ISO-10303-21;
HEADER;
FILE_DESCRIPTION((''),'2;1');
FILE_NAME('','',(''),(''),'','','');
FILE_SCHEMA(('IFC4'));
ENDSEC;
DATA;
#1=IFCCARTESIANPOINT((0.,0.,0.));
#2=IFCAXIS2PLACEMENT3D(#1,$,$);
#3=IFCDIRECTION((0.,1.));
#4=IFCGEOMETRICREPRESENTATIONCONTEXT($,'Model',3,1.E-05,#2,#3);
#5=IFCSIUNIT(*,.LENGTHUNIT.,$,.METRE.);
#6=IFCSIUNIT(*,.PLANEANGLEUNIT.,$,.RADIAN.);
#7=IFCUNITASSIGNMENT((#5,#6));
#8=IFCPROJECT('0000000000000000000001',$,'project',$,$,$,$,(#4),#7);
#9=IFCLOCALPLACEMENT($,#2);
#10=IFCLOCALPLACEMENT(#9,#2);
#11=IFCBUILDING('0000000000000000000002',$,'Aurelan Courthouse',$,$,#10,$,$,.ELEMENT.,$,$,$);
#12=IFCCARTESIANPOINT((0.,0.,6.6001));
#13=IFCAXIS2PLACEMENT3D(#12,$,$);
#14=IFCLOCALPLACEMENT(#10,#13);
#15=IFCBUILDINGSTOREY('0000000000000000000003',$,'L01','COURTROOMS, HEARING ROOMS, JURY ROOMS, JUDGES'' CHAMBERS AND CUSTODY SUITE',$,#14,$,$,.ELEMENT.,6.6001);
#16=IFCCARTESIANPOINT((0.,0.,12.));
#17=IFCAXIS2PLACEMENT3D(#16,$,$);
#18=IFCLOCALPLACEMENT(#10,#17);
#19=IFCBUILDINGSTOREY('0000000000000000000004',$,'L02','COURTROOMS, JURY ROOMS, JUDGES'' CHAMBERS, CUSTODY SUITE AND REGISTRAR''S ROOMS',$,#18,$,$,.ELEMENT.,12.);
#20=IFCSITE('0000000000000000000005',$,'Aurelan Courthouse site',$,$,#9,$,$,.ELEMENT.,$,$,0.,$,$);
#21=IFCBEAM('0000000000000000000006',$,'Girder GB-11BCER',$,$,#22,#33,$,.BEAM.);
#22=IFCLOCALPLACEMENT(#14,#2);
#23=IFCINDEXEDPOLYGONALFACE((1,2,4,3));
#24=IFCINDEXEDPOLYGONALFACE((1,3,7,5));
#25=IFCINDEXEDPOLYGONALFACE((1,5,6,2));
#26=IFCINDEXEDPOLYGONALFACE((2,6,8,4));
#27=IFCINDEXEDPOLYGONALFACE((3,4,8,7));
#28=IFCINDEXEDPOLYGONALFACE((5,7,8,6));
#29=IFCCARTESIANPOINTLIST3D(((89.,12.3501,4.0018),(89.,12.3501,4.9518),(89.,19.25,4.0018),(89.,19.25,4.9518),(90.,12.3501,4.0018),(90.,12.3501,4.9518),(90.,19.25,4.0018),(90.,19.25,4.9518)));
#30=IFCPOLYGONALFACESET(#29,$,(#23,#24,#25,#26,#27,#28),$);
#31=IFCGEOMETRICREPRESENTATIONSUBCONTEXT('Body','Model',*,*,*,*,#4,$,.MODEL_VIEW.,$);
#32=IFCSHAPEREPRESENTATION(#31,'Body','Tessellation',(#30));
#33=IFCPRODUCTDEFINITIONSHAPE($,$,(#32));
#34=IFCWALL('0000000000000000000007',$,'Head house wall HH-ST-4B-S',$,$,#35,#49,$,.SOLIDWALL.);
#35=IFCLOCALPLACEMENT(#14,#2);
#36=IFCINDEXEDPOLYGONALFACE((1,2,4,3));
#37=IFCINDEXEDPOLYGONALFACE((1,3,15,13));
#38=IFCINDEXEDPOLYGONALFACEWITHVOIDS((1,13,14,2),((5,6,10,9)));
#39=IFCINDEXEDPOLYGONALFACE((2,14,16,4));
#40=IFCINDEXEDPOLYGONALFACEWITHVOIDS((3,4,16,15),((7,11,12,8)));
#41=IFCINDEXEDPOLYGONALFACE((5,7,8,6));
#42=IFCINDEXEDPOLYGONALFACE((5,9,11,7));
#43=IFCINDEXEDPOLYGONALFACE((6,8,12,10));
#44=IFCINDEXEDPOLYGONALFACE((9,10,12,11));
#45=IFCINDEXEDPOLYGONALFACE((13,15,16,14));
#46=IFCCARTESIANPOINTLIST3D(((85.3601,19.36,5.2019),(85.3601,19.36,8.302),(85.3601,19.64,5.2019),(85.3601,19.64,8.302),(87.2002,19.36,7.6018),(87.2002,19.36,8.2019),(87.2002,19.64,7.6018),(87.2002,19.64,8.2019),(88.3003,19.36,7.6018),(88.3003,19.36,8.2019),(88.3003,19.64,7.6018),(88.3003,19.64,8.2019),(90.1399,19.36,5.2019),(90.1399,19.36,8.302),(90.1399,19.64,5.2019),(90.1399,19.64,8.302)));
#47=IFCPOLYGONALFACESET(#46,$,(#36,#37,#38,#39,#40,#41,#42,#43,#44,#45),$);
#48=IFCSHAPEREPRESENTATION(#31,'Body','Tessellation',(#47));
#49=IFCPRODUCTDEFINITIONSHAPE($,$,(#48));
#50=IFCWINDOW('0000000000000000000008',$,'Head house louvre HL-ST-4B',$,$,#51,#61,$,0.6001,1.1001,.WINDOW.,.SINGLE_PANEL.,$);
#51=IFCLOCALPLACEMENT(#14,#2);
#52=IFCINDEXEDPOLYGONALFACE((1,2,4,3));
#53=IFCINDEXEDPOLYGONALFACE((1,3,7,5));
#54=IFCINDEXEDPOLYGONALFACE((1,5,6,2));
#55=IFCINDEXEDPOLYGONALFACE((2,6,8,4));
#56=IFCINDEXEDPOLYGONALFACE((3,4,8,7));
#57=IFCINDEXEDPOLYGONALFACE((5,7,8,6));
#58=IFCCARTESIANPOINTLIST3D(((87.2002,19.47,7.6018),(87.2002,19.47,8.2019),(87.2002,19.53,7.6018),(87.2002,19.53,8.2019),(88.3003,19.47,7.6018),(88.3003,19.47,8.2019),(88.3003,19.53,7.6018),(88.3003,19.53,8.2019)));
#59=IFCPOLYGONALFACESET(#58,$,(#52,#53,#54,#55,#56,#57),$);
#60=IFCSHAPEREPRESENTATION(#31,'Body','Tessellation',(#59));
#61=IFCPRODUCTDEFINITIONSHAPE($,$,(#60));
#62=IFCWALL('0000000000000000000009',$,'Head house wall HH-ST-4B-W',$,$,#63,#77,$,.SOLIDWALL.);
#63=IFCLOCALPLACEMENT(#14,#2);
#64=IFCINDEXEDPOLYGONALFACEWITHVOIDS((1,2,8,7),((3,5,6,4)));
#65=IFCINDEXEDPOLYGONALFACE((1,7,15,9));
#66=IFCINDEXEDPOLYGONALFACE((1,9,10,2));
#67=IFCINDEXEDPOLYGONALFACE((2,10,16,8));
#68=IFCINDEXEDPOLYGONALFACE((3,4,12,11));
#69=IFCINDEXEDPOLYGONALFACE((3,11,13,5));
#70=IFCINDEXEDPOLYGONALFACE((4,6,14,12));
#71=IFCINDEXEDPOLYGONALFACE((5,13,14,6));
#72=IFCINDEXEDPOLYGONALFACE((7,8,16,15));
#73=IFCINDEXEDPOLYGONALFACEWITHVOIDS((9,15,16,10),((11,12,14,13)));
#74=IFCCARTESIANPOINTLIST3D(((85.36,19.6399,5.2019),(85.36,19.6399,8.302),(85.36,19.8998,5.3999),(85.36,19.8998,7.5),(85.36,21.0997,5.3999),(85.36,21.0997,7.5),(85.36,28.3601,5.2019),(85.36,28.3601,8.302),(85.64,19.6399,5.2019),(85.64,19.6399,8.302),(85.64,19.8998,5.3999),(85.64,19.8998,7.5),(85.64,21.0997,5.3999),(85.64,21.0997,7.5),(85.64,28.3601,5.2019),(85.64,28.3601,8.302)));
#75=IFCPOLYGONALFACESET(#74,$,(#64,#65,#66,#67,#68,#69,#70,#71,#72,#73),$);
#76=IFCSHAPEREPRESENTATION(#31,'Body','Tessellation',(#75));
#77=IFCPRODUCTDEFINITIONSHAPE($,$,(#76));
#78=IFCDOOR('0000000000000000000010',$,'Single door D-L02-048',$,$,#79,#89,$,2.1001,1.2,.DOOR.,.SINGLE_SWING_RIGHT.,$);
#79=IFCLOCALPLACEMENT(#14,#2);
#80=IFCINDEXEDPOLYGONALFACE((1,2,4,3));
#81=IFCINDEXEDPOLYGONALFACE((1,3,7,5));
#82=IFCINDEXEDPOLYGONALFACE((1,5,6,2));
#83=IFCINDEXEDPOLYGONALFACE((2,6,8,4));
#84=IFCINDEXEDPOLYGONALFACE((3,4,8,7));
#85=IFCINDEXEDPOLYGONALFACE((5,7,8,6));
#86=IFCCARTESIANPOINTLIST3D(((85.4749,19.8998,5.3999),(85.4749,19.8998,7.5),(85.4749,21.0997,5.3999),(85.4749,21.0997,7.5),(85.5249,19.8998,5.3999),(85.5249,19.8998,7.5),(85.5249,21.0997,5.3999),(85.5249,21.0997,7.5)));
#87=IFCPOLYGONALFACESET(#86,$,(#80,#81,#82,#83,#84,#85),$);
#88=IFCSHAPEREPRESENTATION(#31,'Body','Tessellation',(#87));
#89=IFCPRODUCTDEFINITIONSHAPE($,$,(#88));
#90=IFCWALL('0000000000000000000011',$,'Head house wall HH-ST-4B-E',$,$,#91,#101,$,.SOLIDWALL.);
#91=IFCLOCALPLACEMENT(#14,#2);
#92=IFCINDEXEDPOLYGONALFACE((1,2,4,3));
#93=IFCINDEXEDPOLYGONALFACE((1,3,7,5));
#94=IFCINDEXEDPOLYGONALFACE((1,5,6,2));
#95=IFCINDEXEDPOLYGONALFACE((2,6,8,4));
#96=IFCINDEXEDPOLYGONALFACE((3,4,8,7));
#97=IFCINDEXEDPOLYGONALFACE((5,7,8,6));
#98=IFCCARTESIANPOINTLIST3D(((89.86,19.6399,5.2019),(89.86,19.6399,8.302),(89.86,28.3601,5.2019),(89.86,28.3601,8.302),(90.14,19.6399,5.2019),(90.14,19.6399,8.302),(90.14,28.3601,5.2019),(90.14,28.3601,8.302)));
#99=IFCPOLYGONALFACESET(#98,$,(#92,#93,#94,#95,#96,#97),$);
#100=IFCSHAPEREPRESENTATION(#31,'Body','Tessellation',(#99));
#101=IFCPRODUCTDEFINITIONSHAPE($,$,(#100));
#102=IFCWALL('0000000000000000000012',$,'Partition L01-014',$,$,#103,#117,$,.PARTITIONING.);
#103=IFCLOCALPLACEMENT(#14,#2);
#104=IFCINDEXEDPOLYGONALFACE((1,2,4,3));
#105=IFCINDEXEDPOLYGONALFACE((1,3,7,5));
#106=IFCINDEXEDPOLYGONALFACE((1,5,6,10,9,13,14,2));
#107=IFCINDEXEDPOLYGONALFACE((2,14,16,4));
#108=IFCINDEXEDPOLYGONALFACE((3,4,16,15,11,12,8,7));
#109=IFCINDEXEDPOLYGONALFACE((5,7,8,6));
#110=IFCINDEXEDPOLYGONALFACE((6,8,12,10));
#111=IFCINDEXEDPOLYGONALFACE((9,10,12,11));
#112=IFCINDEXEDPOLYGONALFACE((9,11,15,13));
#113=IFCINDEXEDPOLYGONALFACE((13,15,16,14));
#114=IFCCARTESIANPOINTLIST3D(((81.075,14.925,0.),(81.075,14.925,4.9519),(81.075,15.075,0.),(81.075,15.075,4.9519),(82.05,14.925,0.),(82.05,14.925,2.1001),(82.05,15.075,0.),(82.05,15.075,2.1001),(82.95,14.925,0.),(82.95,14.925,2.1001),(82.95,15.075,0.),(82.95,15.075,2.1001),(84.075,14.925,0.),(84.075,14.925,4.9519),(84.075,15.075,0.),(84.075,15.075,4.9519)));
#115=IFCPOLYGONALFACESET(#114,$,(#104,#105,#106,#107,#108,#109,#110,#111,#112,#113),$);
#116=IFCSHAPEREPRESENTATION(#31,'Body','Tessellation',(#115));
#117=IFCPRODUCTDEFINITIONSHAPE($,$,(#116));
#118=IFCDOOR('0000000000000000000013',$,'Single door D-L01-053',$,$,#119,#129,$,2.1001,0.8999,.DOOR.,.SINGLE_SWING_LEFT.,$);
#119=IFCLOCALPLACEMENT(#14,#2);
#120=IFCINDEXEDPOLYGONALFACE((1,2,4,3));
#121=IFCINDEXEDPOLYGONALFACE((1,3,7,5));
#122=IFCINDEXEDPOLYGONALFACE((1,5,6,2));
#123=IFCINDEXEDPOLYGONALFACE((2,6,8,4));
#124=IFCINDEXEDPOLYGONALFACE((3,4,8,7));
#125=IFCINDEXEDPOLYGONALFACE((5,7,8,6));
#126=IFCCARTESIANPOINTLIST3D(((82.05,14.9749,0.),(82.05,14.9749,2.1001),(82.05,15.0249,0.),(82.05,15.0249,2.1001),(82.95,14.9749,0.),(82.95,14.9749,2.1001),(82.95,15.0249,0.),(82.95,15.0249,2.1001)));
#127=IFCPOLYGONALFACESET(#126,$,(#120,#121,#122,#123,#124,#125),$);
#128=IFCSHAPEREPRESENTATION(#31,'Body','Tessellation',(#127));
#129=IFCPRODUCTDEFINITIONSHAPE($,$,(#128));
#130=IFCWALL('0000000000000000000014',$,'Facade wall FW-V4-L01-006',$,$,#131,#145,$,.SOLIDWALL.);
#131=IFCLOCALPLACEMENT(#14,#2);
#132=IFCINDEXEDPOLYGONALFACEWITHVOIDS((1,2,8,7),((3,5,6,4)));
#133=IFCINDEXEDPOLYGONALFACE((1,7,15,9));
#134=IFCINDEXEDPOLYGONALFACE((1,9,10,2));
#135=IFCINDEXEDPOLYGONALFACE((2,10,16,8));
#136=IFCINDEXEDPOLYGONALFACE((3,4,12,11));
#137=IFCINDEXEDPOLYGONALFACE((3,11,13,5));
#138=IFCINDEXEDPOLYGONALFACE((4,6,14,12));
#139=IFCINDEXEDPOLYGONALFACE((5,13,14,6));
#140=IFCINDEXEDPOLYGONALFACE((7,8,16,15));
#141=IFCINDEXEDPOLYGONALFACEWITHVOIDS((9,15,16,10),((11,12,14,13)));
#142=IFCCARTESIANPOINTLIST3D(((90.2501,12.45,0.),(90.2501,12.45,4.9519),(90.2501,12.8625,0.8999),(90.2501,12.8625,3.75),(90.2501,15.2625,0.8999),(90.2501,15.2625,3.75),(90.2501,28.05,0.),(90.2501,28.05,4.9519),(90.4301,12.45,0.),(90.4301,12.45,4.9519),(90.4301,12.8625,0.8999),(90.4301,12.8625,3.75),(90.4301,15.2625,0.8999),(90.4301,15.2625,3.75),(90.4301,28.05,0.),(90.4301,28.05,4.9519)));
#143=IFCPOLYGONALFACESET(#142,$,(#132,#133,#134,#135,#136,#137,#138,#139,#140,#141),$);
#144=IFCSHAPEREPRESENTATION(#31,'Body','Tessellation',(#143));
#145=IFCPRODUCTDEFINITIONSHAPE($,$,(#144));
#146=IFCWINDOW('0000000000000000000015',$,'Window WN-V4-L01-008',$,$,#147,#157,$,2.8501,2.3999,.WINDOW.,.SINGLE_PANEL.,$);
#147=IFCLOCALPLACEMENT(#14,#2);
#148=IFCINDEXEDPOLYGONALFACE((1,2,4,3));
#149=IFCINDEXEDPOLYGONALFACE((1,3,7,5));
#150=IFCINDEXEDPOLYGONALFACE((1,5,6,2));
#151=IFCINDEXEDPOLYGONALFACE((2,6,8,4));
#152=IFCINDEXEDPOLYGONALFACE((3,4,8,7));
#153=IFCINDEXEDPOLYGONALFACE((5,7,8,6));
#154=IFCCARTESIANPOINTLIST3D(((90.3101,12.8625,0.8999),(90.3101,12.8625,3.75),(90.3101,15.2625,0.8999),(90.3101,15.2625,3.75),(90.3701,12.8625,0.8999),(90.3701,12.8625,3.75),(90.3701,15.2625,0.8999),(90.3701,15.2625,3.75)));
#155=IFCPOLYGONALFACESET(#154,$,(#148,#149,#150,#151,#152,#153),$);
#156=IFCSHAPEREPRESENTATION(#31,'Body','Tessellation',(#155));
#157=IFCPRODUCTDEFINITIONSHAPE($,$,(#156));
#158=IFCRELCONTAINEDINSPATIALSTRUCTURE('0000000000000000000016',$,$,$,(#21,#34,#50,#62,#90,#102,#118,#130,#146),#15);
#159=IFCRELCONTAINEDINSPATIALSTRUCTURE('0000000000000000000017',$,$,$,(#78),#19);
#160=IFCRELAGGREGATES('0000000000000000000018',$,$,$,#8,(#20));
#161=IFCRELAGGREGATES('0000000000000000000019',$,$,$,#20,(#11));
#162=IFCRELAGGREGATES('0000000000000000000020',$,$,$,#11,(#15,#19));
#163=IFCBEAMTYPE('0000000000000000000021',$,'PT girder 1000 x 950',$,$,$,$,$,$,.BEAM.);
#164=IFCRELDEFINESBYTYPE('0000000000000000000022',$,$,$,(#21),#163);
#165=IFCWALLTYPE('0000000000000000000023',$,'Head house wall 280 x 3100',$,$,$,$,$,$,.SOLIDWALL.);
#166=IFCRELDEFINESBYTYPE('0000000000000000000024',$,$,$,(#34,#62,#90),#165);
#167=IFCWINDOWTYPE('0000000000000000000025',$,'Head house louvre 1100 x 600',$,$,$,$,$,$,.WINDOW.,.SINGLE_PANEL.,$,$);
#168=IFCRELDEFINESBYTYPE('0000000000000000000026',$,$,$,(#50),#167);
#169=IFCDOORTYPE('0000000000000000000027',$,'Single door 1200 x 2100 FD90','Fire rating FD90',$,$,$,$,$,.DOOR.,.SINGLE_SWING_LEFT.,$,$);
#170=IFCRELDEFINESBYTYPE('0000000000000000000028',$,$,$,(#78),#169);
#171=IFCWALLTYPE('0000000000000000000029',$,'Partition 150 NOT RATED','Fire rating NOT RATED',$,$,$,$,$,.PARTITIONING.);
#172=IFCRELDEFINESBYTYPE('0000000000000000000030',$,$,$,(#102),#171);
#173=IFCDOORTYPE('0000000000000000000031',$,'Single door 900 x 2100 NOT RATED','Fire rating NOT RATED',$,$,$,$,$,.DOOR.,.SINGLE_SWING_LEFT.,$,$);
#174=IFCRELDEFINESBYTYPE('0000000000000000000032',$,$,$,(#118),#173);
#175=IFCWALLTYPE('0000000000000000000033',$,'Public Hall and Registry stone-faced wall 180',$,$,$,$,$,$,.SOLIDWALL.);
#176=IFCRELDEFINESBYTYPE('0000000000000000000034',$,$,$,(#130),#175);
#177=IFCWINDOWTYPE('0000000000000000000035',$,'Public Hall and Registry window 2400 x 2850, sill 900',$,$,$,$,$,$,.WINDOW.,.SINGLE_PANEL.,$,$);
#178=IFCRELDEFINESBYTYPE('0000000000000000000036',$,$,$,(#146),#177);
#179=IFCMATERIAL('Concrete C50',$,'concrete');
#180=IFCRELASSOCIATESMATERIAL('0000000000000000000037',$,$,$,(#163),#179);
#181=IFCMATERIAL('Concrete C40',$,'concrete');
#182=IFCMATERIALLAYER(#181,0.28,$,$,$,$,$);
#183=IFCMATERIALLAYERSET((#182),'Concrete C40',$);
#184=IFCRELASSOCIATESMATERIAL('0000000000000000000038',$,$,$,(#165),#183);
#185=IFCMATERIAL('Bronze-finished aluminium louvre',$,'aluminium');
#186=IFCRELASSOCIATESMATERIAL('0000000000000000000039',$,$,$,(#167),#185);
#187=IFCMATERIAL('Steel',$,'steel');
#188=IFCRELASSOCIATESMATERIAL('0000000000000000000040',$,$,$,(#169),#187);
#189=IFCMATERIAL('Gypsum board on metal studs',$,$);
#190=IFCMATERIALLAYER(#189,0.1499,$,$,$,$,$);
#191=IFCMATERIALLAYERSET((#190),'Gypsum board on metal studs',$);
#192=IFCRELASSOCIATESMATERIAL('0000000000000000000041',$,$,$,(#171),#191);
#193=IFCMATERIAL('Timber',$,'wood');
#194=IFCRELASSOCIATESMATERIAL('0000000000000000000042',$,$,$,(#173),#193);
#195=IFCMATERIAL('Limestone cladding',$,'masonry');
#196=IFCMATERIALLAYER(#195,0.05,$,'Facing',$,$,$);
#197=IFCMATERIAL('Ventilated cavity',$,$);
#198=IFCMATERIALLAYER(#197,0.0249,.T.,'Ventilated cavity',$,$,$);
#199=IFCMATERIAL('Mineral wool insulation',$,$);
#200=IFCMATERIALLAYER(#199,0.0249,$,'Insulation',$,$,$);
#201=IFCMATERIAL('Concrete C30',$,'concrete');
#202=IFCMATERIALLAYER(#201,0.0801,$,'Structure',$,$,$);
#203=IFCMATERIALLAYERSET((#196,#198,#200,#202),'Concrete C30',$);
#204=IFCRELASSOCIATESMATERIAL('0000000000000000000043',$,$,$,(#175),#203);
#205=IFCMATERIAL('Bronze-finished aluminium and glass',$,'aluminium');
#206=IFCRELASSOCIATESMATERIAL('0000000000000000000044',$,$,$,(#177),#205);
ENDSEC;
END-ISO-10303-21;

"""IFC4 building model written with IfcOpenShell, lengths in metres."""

from ifc_helpers import new_model, si_unit, direction, frame, frame_2d, origin, origin_2d, place, context, subcontext, project, spatial, rectangle, extrude, material, layer, layer_set, material_profile, profile_set, type_object, element, fill, save


model = new_model("IFC4")

# Units and contexts
model_context = context("Model", 3, precision=1e-05, world=origin(), true_north=direction((0.0, 1.0)))
body_context = subcontext(model_context, "Body", "Model", "MODEL_VIEW")
ifc_project = project(units=[si_unit("LENGTHUNIT", "METRE"), si_unit("PLANEANGLEUNIT", "RADIAN")], contexts=[model_context])

# Site, building, storey
site_placement = place(None, origin())
site = spatial("IfcSite", under=ifc_project, at=site_placement, Name="Aurelan Courthouse site", CompositionType="ELEMENT", RefElevation=0.0)
building_placement = place(site_placement, origin())
building = spatial("IfcBuilding", under=site, at=building_placement, Name="Aurelan Courthouse", CompositionType="ELEMENT")
storey_1_placement = place(building_placement, frame((0.0, 0.0, 6.6001)))
storey_1 = spatial("IfcBuildingStorey", under=building, at=storey_1_placement, Name="L01", Description="COURTROOMS, HEARING ROOMS, JURY ROOMS, JUDGES' CHAMBERS AND CUSTODY SUITE", CompositionType="ELEMENT", Elevation=6.6001)

# Beam
ifc_material_1 = material(Name="Concrete C50", Category="concrete")
ifc_material_profile = material_profile(ifc_material_1, rectangle(XDim=1.0, YDim=0.95, at=origin_2d()), Name="RC 1000 x 950")
ifc_profile_set = profile_set([ifc_material_profile], Name="Concrete C50")
beam_type = type_object("IfcBeamType", Name="PT girder 1000 x 950", PredefinedType="BEAM", material=ifc_profile_set)
beam_placement = place(storey_1_placement, frame((89.5, 12.3501, 4.4768), z_axis=(0.0, 1.0, 0.0), x_axis=(-1.0, 0.0, 0.0)))
element("IfcBeam", 1, at=beam_placement, inside=storey_1, type_object=beam_type, Name="Girder GB-11BCER", PredefinedType="BEAM", context=body_context, shape_type="SweptSolid", body=[
    extrude(rectangle(XDim=1.0, YDim=0.95, at=origin_2d()), origin(), (0.0, 0.0, 1.0), 6.8999),
])

# Wall, opening, window
ifc_material_2 = material(Name="Concrete C40", Category="concrete")
ifc_layer_1 = layer(ifc_material_2, 0.28)
ifc_layer_set_1 = layer_set([ifc_layer_1], Name="Concrete C40")
wall_type_1 = type_object("IfcWallType", Name="Head house wall 280 x 3100", PredefinedType="SOLIDWALL", material=ifc_layer_set_1)
wall_1_placement = place(storey_1_placement, frame((85.3601, 19.5, 5.2019), z_axis=(0.0, 0.0, 1.0), x_axis=(1.0, 0.0, 0.0)))
wall_1 = element("IfcWall", 2, at=wall_1_placement, inside=storey_1, type_object=wall_type_1, Name="Head house wall HH-ST-4B-S", PredefinedType="SOLIDWALL", context=body_context, shape_type="SweptSolid", body=[
    extrude(rectangle(XDim=4.7798, YDim=0.28, at=frame_2d((2.3899, 0.0))), origin(), (0.0, 0.0, 1.0), 3.1001),
])
opening_1_placement = place(wall_1_placement, frame((1.8401, 0.0, 2.3999)))
opening_1 = element("IfcOpeningElement", 3, at=opening_1_placement, cuts=wall_1, PredefinedType="OPENING", context=body_context, shape_type="SweptSolid", body=[
    extrude(rectangle(XDim=1.1001, YDim=0.6001, at=frame_2d((0.55, 0.3))), frame((0.0, 0.1499, 0.0), z_axis=(0.0, -1.0, 0.0), x_axis=(1.0, 0.0, 0.0)), (0.0, 0.0, 1.0), 0.3),
])
ifc_material_3 = material(Name="Bronze-finished aluminium louvre", Category="aluminium")
window_type_1 = type_object("IfcWindowType", Name="Head house louvre 1100 x 600", PartitioningType="SINGLE_PANEL", PredefinedType="WINDOW", material=ifc_material_3)
window_1_placement = place(opening_1_placement, origin())
window_1 = element("IfcWindow", 4, at=window_1_placement, inside=storey_1, type_object=window_type_1, Name="Head house louvre HL-ST-4B", OverallHeight=0.6001, OverallWidth=1.1001, PartitioningType="SINGLE_PANEL", PredefinedType="WINDOW", context=body_context, shape_type="SweptSolid", body=[
    extrude(rectangle(XDim=1.1001, YDim=0.6001, at=frame_2d((0.55, 0.3))), frame((0.0, 0.03, 0.0), z_axis=(0.0, -1.0, 0.0), x_axis=(1.0, 0.0, 0.0)), (0.0, 0.0, 1.0), 0.0601),
])
fill(opening_1, window_1)

# Wall, opening
wall_2_placement = place(storey_1_placement, frame((85.5, 19.6399, 5.2019), z_axis=(0.0, 0.0, 1.0), x_axis=(0.0, 1.0, 0.0)))
wall_2 = element("IfcWall", 5, at=wall_2_placement, inside=storey_1, type_object=wall_type_1, Name="Head house wall HH-ST-4B-W", PredefinedType="SOLIDWALL", context=body_context, shape_type="SweptSolid", body=[
    extrude(rectangle(XDim=8.7202, YDim=0.28, at=frame_2d((4.3601, 0.0))), origin(), (0.0, 0.0, 1.0), 3.1001),
])
opening_2_placement = place(wall_2_placement, frame((1.46, 0.0, 0.198), z_axis=(0.0, 0.0, 1.0), x_axis=(-1.0, 0.0, 0.0)))
opening_2 = element("IfcOpeningElement", 6, at=opening_2_placement, cuts=wall_2, PredefinedType="OPENING", context=body_context, shape_type="SweptSolid", body=[
    extrude(rectangle(XDim=1.2, YDim=2.1001, at=frame_2d((0.6001, 1.05))), frame((0.0, 0.1499, 0.0), z_axis=(0.0, -1.0, 0.0), x_axis=(1.0, 0.0, 0.0)), (0.0, 0.0, 1.0), 0.3),
])

# Shared definitions
storey_2_placement = place(building_placement, frame((0.0, 0.0, 12.0)))
storey_2 = spatial("IfcBuildingStorey", under=building, at=storey_2_placement, Name="L02", Description="COURTROOMS, JURY ROOMS, JUDGES' CHAMBERS, CUSTODY SUITE AND REGISTRAR'S ROOMS", CompositionType="ELEMENT", Elevation=12.0)

# Door
ifc_material_4 = material(Name="Steel", Category="steel")
door_type_1 = type_object("IfcDoorType", Name="Single door 1200 x 2100 FD90", Description="Fire rating FD90", OperationType="SINGLE_SWING_LEFT", PredefinedType="DOOR", material=ifc_material_4)
door_1_placement = place(opening_2_placement, origin())
door_1 = element("IfcDoor", 7, at=door_1_placement, inside=storey_2, type_object=door_type_1, Name="Single door D-L02-048", OperationType="SINGLE_SWING_RIGHT", OverallHeight=2.1001, OverallWidth=1.2, PredefinedType="DOOR", context=body_context, shape_type="SweptSolid", body=[
    extrude(rectangle(XDim=1.2, YDim=2.1001, at=frame_2d((0.6001, 1.05))), frame((0.0, 0.0249, 0.0), z_axis=(0.0, -1.0, 0.0), x_axis=(1.0, 0.0, 0.0)), (0.0, 0.0, 1.0), 0.05),
])
fill(opening_2, door_1)

# Wall
wall_3_placement = place(storey_1_placement, frame((90.0, 19.6399, 5.2019), z_axis=(0.0, 0.0, 1.0), x_axis=(0.0, 1.0, 0.0)))
element("IfcWall", 8, at=wall_3_placement, inside=storey_1, type_object=wall_type_1, Name="Head house wall HH-ST-4B-E", PredefinedType="SOLIDWALL", context=body_context, shape_type="SweptSolid", body=[
    extrude(rectangle(XDim=8.7202, YDim=0.28, at=frame_2d((4.3601, 0.0))), origin(), (0.0, 0.0, 1.0), 3.1001),
])

# Wall, opening, door
ifc_material_5 = material(Name="Gypsum board on metal studs")
ifc_layer_2 = layer(ifc_material_5, 0.1499)
ifc_layer_set_2 = layer_set([ifc_layer_2], Name="Gypsum board on metal studs")
wall_type_2 = type_object("IfcWallType", Name="Partition 150 NOT RATED", Description="Fire rating NOT RATED", PredefinedType="PARTITIONING", material=ifc_layer_set_2)
wall_4_placement = place(storey_1_placement, frame((81.075, 15.0, 0.0), z_axis=(0.0, 0.0, 1.0), x_axis=(1.0, 0.0, 0.0)))
wall_4 = element("IfcWall", 9, at=wall_4_placement, inside=storey_1, type_object=wall_type_2, Name="Partition L01-014", PredefinedType="PARTITIONING", context=body_context, shape_type="SweptSolid", body=[
    extrude(rectangle(XDim=3.0, YDim=0.1499, at=frame_2d((1.5, 0.0))), origin(), (0.0, 0.0, 1.0), 4.9519),
])
opening_3_placement = place(wall_4_placement, frame((0.9751, 0.0, 0.0)))
opening_3 = element("IfcOpeningElement", 10, at=opening_3_placement, cuts=wall_4, PredefinedType="OPENING", context=body_context, shape_type="SweptSolid", body=[
    extrude(rectangle(XDim=0.8999, YDim=2.1001, at=frame_2d((0.45, 1.05))), frame((0.0, 0.085, 0.0), z_axis=(0.0, -1.0, 0.0), x_axis=(1.0, 0.0, 0.0)), (0.0, 0.0, 1.0), 0.1699),
])
ifc_material_6 = material(Name="Timber", Category="wood")
door_type_2 = type_object("IfcDoorType", Name="Single door 900 x 2100 NOT RATED", Description="Fire rating NOT RATED", OperationType="SINGLE_SWING_LEFT", PredefinedType="DOOR", material=ifc_material_6)
door_2_placement = place(opening_3_placement, origin())
door_2 = element("IfcDoor", 11, at=door_2_placement, inside=storey_1, type_object=door_type_2, Name="Single door D-L01-053", OperationType="SINGLE_SWING_LEFT", OverallHeight=2.1001, OverallWidth=0.8999, PredefinedType="DOOR", context=body_context, shape_type="SweptSolid", body=[
    extrude(rectangle(XDim=0.8999, YDim=2.1001, at=frame_2d((0.45, 1.05))), frame((0.0, 0.0249, 0.0), z_axis=(0.0, -1.0, 0.0), x_axis=(1.0, 0.0, 0.0)), (0.0, 0.0, 1.0), 0.05),
])
fill(opening_3, door_2)

# Wall, opening, window
ifc_material_7 = material(Name="Limestone cladding", Category="masonry")
ifc_layer_3 = layer(ifc_material_7, 0.05, Name="Facing")
ifc_material_8 = material(Name="Ventilated cavity")
ifc_layer_4 = layer(ifc_material_8, 0.0249, ventilated=True, Name="Ventilated cavity")
ifc_material_9 = material(Name="Mineral wool insulation")
ifc_layer_5 = layer(ifc_material_9, 0.0249, Name="Insulation")
ifc_material_10 = material(Name="Concrete C30", Category="concrete")
ifc_layer_6 = layer(ifc_material_10, 0.0801, Name="Structure")
ifc_layer_set_3 = layer_set([ifc_layer_3, ifc_layer_4, ifc_layer_5, ifc_layer_6], Name="Concrete C30")
wall_type_3 = type_object("IfcWallType", Name="Public Hall and Registry stone-faced wall 180", PredefinedType="SOLIDWALL", material=ifc_layer_set_3)
wall_5_placement = place(storey_1_placement, frame((90.3401, 12.45, 0.0), z_axis=(0.0, 0.0, 1.0), x_axis=(0.0, 1.0, 0.0)))
wall_5 = element("IfcWall", 12, at=wall_5_placement, inside=storey_1, type_object=wall_type_3, Name="Facade wall FW-V4-L01-006", PredefinedType="SOLIDWALL", context=body_context, shape_type="SweptSolid", body=[
    extrude(rectangle(XDim=15.6001, YDim=0.1799, at=frame_2d((7.8, 0.0))), origin(), (0.0, 0.0, 1.0), 4.9519),
])
opening_4_placement = place(wall_5_placement, frame((0.4126, 0.0, 0.8999)))
opening_4 = element("IfcOpeningElement", 13, at=opening_4_placement, cuts=wall_5, PredefinedType="OPENING", context=body_context, shape_type="SweptSolid", body=[
    extrude(rectangle(XDim=2.3999, YDim=2.8501, at=frame_2d((1.2, 1.425))), frame((0.0, 0.0999, 0.0), z_axis=(0.0, -1.0, 0.0), x_axis=(1.0, 0.0, 0.0)), (0.0, 0.0, 1.0), 0.2),
])
ifc_material_11 = material(Name="Bronze-finished aluminium and glass", Category="aluminium")
window_type_2 = type_object("IfcWindowType", Name="Public Hall and Registry window 2400 x 2850, sill 900", PartitioningType="SINGLE_PANEL", PredefinedType="WINDOW", material=ifc_material_11)
window_2_placement = place(opening_4_placement, origin())
window_2 = element("IfcWindow", 14, at=window_2_placement, inside=storey_1, type_object=window_type_2, Name="Window WN-V4-L01-008", OverallHeight=2.8501, OverallWidth=2.3999, PartitioningType="SINGLE_PANEL", PredefinedType="WINDOW", context=body_context, shape_type="SweptSolid", body=[
    extrude(rectangle(XDim=2.3999, YDim=2.8501, at=frame_2d((1.2, 1.425))), frame((0.0, 0.03, 0.0), z_axis=(0.0, -1.0, 0.0), x_axis=(1.0, 0.0, 0.0)), (0.0, 0.0, 1.0), 0.0601),
])
fill(opening_4, window_2)

save(model, "model.ifc")
